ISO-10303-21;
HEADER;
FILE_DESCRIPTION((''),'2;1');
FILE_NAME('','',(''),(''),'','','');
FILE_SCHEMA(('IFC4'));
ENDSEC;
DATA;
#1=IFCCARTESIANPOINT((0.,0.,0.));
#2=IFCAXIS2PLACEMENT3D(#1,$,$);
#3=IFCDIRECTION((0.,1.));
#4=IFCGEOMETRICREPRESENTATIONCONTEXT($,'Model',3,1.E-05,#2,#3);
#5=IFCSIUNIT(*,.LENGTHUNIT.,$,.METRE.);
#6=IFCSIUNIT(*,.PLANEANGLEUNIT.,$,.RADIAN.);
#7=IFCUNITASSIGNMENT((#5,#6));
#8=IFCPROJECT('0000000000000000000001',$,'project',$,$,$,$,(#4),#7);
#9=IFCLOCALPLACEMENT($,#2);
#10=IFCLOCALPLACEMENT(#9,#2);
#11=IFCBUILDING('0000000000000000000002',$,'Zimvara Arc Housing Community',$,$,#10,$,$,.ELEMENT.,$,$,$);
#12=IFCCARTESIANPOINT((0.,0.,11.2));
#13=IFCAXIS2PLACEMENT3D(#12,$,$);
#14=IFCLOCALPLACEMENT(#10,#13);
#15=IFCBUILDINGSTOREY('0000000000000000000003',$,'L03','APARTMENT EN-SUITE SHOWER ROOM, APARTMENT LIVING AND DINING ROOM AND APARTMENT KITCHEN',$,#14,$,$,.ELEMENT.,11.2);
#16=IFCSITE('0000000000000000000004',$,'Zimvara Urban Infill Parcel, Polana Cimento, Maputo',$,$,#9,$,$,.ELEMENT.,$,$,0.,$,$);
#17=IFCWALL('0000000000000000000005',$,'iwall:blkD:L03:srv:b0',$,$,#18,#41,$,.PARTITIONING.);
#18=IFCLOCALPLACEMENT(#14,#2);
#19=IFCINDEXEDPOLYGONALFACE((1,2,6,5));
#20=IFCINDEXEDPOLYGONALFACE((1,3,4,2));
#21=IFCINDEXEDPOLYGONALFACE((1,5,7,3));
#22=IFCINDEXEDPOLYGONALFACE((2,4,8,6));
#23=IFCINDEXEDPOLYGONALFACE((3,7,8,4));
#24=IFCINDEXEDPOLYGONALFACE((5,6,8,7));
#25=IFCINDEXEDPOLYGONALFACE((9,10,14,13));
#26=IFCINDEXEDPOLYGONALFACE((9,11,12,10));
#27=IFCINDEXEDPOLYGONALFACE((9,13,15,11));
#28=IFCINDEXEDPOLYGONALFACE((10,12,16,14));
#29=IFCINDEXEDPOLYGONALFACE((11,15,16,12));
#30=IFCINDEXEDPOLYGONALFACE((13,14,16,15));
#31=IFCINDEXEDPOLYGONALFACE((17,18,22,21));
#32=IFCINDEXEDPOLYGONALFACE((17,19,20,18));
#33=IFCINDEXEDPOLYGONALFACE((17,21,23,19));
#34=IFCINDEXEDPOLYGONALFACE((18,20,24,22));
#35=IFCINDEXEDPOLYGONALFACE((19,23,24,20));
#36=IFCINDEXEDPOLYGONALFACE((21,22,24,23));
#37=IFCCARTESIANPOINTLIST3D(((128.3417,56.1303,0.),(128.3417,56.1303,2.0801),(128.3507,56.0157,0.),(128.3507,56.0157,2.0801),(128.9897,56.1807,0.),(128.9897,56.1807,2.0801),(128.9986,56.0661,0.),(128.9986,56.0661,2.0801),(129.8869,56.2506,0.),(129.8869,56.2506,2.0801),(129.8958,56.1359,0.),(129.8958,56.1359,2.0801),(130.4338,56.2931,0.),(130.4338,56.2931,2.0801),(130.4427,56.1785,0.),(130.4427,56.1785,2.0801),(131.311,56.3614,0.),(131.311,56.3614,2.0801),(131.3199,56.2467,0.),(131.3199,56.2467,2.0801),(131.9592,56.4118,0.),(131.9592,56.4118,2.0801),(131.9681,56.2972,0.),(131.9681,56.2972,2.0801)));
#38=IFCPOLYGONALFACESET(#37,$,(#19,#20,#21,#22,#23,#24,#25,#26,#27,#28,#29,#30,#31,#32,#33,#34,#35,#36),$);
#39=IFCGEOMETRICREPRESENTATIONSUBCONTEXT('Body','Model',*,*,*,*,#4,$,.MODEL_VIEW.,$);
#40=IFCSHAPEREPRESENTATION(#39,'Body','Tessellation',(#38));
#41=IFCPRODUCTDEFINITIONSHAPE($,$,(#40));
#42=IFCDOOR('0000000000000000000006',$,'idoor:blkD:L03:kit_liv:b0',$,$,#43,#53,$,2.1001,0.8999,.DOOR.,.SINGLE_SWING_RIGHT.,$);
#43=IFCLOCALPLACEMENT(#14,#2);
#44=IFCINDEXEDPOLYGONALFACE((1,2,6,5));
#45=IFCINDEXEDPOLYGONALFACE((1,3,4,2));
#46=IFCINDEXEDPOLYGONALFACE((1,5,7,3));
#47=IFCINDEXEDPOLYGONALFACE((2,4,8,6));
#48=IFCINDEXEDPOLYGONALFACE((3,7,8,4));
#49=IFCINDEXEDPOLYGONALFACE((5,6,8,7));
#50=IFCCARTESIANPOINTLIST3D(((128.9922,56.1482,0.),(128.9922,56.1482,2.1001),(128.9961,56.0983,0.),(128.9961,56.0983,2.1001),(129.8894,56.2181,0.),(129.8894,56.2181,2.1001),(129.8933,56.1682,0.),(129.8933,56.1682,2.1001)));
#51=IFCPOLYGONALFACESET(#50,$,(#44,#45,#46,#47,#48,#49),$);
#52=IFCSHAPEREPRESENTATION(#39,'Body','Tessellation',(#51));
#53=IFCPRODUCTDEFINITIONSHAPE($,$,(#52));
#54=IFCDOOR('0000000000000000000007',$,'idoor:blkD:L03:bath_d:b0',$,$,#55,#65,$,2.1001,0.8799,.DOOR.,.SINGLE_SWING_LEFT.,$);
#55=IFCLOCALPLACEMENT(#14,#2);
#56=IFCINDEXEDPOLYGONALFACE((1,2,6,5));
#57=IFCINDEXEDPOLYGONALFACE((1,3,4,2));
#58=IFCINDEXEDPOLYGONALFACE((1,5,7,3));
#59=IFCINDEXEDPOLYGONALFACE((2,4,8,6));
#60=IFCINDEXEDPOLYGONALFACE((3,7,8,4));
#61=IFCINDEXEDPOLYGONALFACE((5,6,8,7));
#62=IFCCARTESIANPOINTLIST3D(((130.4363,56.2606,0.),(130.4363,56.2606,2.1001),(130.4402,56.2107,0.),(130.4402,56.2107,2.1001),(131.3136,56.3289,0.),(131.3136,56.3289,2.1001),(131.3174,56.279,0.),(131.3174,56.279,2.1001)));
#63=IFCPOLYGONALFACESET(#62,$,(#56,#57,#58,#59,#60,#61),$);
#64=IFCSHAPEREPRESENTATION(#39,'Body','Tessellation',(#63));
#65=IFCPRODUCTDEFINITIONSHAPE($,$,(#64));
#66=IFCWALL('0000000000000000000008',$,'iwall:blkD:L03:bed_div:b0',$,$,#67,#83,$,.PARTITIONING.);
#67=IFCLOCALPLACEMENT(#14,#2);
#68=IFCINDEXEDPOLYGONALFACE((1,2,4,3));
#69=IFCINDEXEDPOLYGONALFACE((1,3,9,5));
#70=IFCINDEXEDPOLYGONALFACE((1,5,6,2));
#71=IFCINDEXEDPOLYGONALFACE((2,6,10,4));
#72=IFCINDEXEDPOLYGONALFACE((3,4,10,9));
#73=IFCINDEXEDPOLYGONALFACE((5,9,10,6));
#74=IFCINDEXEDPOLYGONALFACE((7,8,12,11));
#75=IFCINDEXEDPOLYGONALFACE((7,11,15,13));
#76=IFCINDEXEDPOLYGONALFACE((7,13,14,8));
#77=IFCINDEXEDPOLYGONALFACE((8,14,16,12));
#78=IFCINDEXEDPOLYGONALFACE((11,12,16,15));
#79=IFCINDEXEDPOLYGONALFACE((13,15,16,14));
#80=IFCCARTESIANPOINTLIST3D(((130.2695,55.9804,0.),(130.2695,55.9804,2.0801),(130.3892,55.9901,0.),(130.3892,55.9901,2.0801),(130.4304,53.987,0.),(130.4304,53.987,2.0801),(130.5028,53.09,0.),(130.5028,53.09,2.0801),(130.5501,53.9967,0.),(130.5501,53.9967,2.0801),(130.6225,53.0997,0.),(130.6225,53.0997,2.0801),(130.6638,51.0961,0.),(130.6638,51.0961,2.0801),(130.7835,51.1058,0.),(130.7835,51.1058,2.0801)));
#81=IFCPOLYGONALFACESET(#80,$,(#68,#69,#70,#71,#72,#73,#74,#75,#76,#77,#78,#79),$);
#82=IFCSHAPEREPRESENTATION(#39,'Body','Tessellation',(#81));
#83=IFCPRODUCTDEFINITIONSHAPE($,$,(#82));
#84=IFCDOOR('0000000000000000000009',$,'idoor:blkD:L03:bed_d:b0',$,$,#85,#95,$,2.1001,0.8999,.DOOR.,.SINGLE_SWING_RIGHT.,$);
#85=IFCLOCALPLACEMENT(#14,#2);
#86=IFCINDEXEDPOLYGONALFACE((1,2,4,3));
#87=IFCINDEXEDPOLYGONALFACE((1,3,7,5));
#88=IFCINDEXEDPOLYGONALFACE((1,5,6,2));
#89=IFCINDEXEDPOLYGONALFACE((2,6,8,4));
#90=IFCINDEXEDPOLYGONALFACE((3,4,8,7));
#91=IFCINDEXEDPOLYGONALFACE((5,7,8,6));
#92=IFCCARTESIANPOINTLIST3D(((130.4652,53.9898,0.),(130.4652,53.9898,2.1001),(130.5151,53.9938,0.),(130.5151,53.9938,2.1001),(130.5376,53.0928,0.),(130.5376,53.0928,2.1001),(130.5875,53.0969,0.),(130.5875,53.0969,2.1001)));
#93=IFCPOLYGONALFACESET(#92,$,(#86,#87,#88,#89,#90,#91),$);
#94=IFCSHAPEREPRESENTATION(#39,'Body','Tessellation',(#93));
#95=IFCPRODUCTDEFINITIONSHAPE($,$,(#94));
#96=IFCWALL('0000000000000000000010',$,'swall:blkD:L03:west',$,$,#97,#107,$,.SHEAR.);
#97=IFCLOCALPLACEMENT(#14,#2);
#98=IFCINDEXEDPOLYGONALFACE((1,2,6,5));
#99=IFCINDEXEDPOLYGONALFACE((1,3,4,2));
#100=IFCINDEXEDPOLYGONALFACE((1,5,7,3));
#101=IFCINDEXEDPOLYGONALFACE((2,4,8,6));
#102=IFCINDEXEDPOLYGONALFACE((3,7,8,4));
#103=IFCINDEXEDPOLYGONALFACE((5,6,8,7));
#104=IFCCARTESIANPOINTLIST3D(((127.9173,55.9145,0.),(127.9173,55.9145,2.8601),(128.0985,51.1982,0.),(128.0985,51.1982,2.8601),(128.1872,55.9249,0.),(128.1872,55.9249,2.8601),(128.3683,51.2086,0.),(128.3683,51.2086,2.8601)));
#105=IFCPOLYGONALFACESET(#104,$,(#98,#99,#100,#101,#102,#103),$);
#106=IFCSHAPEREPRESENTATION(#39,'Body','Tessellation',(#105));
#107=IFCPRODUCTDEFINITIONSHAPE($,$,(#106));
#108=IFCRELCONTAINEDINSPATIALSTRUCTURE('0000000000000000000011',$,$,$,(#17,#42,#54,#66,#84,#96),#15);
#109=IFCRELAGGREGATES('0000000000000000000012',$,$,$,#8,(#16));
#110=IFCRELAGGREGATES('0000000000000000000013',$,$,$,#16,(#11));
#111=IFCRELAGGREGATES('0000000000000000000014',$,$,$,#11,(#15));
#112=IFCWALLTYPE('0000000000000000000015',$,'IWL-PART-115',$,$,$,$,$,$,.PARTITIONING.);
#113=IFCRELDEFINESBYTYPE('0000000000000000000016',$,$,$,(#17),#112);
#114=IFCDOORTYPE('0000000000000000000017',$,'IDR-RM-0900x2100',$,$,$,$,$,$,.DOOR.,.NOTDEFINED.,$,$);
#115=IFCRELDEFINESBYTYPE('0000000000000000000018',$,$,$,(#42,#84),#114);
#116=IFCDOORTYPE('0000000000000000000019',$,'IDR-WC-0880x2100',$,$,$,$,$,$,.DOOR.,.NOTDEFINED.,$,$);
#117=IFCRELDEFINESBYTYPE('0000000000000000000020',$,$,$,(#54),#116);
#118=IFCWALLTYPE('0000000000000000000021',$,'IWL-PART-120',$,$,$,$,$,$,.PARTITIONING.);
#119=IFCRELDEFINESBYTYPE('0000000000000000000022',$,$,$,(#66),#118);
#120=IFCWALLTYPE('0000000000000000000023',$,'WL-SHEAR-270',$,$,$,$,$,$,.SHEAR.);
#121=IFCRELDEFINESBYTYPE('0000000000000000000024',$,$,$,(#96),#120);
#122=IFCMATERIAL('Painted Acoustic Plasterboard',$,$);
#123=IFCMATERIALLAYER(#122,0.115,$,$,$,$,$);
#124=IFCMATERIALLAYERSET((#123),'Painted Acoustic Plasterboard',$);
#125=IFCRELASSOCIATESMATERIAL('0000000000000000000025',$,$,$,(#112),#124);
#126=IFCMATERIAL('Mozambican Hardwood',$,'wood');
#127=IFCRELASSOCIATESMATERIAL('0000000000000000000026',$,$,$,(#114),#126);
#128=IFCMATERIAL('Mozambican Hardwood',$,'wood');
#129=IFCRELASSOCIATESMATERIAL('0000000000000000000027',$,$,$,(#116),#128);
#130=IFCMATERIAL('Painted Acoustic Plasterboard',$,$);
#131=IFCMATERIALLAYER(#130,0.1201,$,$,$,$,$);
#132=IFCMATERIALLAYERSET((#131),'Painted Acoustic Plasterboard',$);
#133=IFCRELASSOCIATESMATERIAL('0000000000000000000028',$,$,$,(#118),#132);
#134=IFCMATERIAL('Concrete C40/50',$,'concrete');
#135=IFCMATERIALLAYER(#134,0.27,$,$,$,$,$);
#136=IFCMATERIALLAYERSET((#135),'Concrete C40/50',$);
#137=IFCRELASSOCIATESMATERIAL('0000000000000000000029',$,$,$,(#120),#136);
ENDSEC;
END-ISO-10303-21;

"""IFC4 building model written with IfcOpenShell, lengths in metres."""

from ifc_helpers import new_model, si_unit, direction, frame, frame_2d, origin, place, context, subcontext, project, spatial, rectangle, extrude, material, layer, layer_set, type_object, element, fill, save


model = new_model("IFC4")

# Units and contexts
model_context = context("Model", 3, precision=1e-05, world=origin(), true_north=direction((0.0, 1.0)))
body_context = subcontext(model_context, "Body", "Model", "MODEL_VIEW")
ifc_project = project(units=[si_unit("LENGTHUNIT", "METRE"), si_unit("PLANEANGLEUNIT", "RADIAN")], contexts=[model_context])

# Site, building, storey
site_placement = place(None, origin())
site = spatial("IfcSite", under=ifc_project, at=site_placement, Name="Zimvara Urban Infill Parcel, Polana Cimento, Maputo", CompositionType="ELEMENT", RefElevation=0.0)
building_placement = place(site_placement, origin())
building = spatial("IfcBuilding", under=site, at=building_placement, Name="Zimvara Arc Housing Community", CompositionType="ELEMENT")
storey_placement = place(building_placement, frame((0.0, 0.0, 11.2)))
storey = spatial("IfcBuildingStorey", under=building, at=storey_placement, Name="L03", Description="APARTMENT EN-SUITE SHOWER ROOM, APARTMENT LIVING AND DINING ROOM AND APARTMENT KITCHEN", CompositionType="ELEMENT", Elevation=11.2)

# Wall, openings, doors
ifc_material_1 = material(Name="Painted Acoustic Plasterboard")
ifc_layer_1 = layer(ifc_material_1, 0.115)
ifc_layer_set_1 = layer_set([ifc_layer_1], Name="Painted Acoustic Plasterboard")
wall_type_1 = type_object("IfcWallType", Name="IWL-PART-115", PredefinedType="PARTITIONING", material=ifc_layer_set_1)
wall_1_placement = place(storey_placement, frame((128.3462, 56.073, 0.0), z_axis=(0.0, 0.0, 1.0), x_axis=(0.996986, 0.077581, 0.0)))
wall_1 = element("IfcWall", 1, at=wall_1_placement, inside=storey, type_object=wall_type_1, Name="iwall:blkD:L03:srv:b0", PredefinedType="PARTITIONING", context=body_context, shape_type="SweptSolid", body=[
    extrude(rectangle(XDim=3.6284, YDim=0.115, at=frame_2d((1.8142, 0.0))), origin(), (0.0, 0.0, 1.0), 2.0801),
])
opening_1_placement = place(wall_1_placement, frame((0.6499, 0.0, 0.0)))
opening_1 = element("IfcOpeningElement", 2, at=opening_1_placement, cuts=wall_1, PredefinedType="OPENING", context=body_context, shape_type="SweptSolid", body=[
    extrude(rectangle(XDim=0.8999, YDim=2.1001, at=frame_2d((0.45, 1.05))), frame((0.0, 0.0674, 0.0), z_axis=(0.0, -1.0, 0.0), x_axis=(1.0, 0.0, 0.0)), (0.0, 0.0, 1.0), 0.135),
])
opening_2_placement = place(wall_1_placement, frame((2.0984, 0.0, 0.0)))
opening_2 = element("IfcOpeningElement", 3, at=opening_2_placement, cuts=wall_1, PredefinedType="OPENING", context=body_context, shape_type="SweptSolid", body=[
    extrude(rectangle(XDim=0.8799, YDim=2.1001, at=frame_2d((0.4399, 1.05))), frame((0.0, 0.0674, 0.0), z_axis=(0.0, -1.0, 0.0), x_axis=(1.0, 0.0, 0.0)), (0.0, 0.0, 1.0), 0.135),
])
ifc_material_2 = material(Name="Mozambican Hardwood", Category="wood")
door_type_1 = type_object("IfcDoorType", Name="IDR-RM-0900x2100", OperationType="NOTDEFINED", PredefinedType="DOOR", material=ifc_material_2)
door_1_placement = place(opening_1_placement, origin())
door_1 = element("IfcDoor", 4, at=door_1_placement, inside=storey, type_object=door_type_1, Name="idoor:blkD:L03:kit_liv:b0", OperationType="SINGLE_SWING_RIGHT", OverallHeight=2.1001, OverallWidth=0.8999, PredefinedType="DOOR", context=body_context, shape_type="SweptSolid", body=[
    extrude(rectangle(XDim=0.8999, YDim=2.1001, at=frame_2d((0.45, 1.05))), frame((0.0, 0.0249, 0.0), z_axis=(0.0, -1.0, 0.0), x_axis=(1.0, 0.0, 0.0)), (0.0, 0.0, 1.0), 0.05),
])
fill(opening_1, door_1)
ifc_material_3 = material(Name="Mozambican Hardwood", Category="wood")
door_type_2 = type_object("IfcDoorType", Name="IDR-WC-0880x2100", OperationType="NOTDEFINED", PredefinedType="DOOR", material=ifc_material_3)
door_2_placement = place(opening_2_placement, origin())
door_2 = element("IfcDoor", 5, at=door_2_placement, inside=storey, type_object=door_type_2, Name="idoor:blkD:L03:bath_d:b0", OperationType="SINGLE_SWING_LEFT", OverallHeight=2.1001, OverallWidth=0.8799, PredefinedType="DOOR", context=body_context, shape_type="SweptSolid", body=[
    extrude(rectangle(XDim=0.8799, YDim=2.1001, at=frame_2d((0.4399, 1.05))), frame((0.0, 0.0249, 0.0), z_axis=(0.0, -1.0, 0.0), x_axis=(1.0, 0.0, 0.0)), (0.0, 0.0, 1.0), 0.05),
])
fill(opening_2, door_2)

# Wall, opening, door
ifc_material_4 = material(Name="Painted Acoustic Plasterboard")
ifc_layer_2 = layer(ifc_material_4, 0.1201)
ifc_layer_set_2 = layer_set([ifc_layer_2], Name="Painted Acoustic Plasterboard")
wall_type_2 = type_object("IfcWallType", Name="IWL-PART-120", PredefinedType="PARTITIONING", material=ifc_layer_set_2)
wall_2_placement = place(storey_placement, frame((130.3293, 55.9854, 0.0), z_axis=(0.0, 0.0, 1.0), x_axis=(0.080464, -0.996758, 0.0)))
wall_2 = element("IfcWall", 6, at=wall_2_placement, inside=storey, type_object=wall_type_2, Name="iwall:blkD:L03:bed_div:b0", PredefinedType="PARTITIONING", context=body_context, shape_type="SweptSolid", body=[
    extrude(rectangle(XDim=4.9001, YDim=0.1201, at=frame_2d((2.4502, 0.0))), origin(), (0.0, 0.0, 1.0), 2.0801),
])
opening_3_placement = place(wall_2_placement, frame((2.0, 0.0, 0.0)))
opening_3 = element("IfcOpeningElement", 7, at=opening_3_placement, cuts=wall_2, PredefinedType="OPENING", context=body_context, shape_type="SweptSolid", body=[
    extrude(rectangle(XDim=0.8999, YDim=2.1001, at=frame_2d((0.45, 1.05))), frame((0.0, 0.0701, 0.0), z_axis=(0.0, -1.0, 0.0), x_axis=(1.0, 0.0, 0.0)), (0.0, 0.0, 1.0), 0.1401),
])
door_3_placement = place(opening_3_placement, origin())
door_3 = element("IfcDoor", 8, at=door_3_placement, inside=storey, type_object=door_type_1, Name="idoor:blkD:L03:bed_d:b0", OperationType="SINGLE_SWING_RIGHT", OverallHeight=2.1001, OverallWidth=0.8999, PredefinedType="DOOR", context=body_context, shape_type="SweptSolid", body=[
    extrude(rectangle(XDim=0.8999, YDim=2.1001, at=frame_2d((0.45, 1.05))), frame((0.0, 0.0249, 0.0), z_axis=(0.0, -1.0, 0.0), x_axis=(1.0, 0.0, 0.0)), (0.0, 0.0, 1.0), 0.05),
])
fill(opening_3, door_3)

# Wall
ifc_material_5 = material(Name="Concrete C40/50", Category="concrete")
ifc_layer_3 = layer(ifc_material_5, 0.27)
ifc_layer_set_3 = layer_set([ifc_layer_3], Name="Concrete C40/50")
wall_type_3 = type_object("IfcWallType", Name="WL-SHEAR-270", PredefinedType="SHEAR", material=ifc_layer_set_3)
wall_3_placement = place(storey_placement, frame((128.0522, 55.9197, 0.0), z_axis=(0.0, 0.0, 1.0), x_axis=(0.038381, -0.999263, 0.0)))
element("IfcWall", 9, at=wall_3_placement, inside=storey, type_object=wall_type_3, Name="swall:blkD:L03:west", PredefinedType="SHEAR", context=body_context, shape_type="SweptSolid", body=[
    extrude(rectangle(XDim=4.7197, YDim=0.27, at=frame_2d((2.3599, 0.0))), origin(), (0.0, 0.0, 1.0), 2.8601),
])

save(model, "model.ifc")
